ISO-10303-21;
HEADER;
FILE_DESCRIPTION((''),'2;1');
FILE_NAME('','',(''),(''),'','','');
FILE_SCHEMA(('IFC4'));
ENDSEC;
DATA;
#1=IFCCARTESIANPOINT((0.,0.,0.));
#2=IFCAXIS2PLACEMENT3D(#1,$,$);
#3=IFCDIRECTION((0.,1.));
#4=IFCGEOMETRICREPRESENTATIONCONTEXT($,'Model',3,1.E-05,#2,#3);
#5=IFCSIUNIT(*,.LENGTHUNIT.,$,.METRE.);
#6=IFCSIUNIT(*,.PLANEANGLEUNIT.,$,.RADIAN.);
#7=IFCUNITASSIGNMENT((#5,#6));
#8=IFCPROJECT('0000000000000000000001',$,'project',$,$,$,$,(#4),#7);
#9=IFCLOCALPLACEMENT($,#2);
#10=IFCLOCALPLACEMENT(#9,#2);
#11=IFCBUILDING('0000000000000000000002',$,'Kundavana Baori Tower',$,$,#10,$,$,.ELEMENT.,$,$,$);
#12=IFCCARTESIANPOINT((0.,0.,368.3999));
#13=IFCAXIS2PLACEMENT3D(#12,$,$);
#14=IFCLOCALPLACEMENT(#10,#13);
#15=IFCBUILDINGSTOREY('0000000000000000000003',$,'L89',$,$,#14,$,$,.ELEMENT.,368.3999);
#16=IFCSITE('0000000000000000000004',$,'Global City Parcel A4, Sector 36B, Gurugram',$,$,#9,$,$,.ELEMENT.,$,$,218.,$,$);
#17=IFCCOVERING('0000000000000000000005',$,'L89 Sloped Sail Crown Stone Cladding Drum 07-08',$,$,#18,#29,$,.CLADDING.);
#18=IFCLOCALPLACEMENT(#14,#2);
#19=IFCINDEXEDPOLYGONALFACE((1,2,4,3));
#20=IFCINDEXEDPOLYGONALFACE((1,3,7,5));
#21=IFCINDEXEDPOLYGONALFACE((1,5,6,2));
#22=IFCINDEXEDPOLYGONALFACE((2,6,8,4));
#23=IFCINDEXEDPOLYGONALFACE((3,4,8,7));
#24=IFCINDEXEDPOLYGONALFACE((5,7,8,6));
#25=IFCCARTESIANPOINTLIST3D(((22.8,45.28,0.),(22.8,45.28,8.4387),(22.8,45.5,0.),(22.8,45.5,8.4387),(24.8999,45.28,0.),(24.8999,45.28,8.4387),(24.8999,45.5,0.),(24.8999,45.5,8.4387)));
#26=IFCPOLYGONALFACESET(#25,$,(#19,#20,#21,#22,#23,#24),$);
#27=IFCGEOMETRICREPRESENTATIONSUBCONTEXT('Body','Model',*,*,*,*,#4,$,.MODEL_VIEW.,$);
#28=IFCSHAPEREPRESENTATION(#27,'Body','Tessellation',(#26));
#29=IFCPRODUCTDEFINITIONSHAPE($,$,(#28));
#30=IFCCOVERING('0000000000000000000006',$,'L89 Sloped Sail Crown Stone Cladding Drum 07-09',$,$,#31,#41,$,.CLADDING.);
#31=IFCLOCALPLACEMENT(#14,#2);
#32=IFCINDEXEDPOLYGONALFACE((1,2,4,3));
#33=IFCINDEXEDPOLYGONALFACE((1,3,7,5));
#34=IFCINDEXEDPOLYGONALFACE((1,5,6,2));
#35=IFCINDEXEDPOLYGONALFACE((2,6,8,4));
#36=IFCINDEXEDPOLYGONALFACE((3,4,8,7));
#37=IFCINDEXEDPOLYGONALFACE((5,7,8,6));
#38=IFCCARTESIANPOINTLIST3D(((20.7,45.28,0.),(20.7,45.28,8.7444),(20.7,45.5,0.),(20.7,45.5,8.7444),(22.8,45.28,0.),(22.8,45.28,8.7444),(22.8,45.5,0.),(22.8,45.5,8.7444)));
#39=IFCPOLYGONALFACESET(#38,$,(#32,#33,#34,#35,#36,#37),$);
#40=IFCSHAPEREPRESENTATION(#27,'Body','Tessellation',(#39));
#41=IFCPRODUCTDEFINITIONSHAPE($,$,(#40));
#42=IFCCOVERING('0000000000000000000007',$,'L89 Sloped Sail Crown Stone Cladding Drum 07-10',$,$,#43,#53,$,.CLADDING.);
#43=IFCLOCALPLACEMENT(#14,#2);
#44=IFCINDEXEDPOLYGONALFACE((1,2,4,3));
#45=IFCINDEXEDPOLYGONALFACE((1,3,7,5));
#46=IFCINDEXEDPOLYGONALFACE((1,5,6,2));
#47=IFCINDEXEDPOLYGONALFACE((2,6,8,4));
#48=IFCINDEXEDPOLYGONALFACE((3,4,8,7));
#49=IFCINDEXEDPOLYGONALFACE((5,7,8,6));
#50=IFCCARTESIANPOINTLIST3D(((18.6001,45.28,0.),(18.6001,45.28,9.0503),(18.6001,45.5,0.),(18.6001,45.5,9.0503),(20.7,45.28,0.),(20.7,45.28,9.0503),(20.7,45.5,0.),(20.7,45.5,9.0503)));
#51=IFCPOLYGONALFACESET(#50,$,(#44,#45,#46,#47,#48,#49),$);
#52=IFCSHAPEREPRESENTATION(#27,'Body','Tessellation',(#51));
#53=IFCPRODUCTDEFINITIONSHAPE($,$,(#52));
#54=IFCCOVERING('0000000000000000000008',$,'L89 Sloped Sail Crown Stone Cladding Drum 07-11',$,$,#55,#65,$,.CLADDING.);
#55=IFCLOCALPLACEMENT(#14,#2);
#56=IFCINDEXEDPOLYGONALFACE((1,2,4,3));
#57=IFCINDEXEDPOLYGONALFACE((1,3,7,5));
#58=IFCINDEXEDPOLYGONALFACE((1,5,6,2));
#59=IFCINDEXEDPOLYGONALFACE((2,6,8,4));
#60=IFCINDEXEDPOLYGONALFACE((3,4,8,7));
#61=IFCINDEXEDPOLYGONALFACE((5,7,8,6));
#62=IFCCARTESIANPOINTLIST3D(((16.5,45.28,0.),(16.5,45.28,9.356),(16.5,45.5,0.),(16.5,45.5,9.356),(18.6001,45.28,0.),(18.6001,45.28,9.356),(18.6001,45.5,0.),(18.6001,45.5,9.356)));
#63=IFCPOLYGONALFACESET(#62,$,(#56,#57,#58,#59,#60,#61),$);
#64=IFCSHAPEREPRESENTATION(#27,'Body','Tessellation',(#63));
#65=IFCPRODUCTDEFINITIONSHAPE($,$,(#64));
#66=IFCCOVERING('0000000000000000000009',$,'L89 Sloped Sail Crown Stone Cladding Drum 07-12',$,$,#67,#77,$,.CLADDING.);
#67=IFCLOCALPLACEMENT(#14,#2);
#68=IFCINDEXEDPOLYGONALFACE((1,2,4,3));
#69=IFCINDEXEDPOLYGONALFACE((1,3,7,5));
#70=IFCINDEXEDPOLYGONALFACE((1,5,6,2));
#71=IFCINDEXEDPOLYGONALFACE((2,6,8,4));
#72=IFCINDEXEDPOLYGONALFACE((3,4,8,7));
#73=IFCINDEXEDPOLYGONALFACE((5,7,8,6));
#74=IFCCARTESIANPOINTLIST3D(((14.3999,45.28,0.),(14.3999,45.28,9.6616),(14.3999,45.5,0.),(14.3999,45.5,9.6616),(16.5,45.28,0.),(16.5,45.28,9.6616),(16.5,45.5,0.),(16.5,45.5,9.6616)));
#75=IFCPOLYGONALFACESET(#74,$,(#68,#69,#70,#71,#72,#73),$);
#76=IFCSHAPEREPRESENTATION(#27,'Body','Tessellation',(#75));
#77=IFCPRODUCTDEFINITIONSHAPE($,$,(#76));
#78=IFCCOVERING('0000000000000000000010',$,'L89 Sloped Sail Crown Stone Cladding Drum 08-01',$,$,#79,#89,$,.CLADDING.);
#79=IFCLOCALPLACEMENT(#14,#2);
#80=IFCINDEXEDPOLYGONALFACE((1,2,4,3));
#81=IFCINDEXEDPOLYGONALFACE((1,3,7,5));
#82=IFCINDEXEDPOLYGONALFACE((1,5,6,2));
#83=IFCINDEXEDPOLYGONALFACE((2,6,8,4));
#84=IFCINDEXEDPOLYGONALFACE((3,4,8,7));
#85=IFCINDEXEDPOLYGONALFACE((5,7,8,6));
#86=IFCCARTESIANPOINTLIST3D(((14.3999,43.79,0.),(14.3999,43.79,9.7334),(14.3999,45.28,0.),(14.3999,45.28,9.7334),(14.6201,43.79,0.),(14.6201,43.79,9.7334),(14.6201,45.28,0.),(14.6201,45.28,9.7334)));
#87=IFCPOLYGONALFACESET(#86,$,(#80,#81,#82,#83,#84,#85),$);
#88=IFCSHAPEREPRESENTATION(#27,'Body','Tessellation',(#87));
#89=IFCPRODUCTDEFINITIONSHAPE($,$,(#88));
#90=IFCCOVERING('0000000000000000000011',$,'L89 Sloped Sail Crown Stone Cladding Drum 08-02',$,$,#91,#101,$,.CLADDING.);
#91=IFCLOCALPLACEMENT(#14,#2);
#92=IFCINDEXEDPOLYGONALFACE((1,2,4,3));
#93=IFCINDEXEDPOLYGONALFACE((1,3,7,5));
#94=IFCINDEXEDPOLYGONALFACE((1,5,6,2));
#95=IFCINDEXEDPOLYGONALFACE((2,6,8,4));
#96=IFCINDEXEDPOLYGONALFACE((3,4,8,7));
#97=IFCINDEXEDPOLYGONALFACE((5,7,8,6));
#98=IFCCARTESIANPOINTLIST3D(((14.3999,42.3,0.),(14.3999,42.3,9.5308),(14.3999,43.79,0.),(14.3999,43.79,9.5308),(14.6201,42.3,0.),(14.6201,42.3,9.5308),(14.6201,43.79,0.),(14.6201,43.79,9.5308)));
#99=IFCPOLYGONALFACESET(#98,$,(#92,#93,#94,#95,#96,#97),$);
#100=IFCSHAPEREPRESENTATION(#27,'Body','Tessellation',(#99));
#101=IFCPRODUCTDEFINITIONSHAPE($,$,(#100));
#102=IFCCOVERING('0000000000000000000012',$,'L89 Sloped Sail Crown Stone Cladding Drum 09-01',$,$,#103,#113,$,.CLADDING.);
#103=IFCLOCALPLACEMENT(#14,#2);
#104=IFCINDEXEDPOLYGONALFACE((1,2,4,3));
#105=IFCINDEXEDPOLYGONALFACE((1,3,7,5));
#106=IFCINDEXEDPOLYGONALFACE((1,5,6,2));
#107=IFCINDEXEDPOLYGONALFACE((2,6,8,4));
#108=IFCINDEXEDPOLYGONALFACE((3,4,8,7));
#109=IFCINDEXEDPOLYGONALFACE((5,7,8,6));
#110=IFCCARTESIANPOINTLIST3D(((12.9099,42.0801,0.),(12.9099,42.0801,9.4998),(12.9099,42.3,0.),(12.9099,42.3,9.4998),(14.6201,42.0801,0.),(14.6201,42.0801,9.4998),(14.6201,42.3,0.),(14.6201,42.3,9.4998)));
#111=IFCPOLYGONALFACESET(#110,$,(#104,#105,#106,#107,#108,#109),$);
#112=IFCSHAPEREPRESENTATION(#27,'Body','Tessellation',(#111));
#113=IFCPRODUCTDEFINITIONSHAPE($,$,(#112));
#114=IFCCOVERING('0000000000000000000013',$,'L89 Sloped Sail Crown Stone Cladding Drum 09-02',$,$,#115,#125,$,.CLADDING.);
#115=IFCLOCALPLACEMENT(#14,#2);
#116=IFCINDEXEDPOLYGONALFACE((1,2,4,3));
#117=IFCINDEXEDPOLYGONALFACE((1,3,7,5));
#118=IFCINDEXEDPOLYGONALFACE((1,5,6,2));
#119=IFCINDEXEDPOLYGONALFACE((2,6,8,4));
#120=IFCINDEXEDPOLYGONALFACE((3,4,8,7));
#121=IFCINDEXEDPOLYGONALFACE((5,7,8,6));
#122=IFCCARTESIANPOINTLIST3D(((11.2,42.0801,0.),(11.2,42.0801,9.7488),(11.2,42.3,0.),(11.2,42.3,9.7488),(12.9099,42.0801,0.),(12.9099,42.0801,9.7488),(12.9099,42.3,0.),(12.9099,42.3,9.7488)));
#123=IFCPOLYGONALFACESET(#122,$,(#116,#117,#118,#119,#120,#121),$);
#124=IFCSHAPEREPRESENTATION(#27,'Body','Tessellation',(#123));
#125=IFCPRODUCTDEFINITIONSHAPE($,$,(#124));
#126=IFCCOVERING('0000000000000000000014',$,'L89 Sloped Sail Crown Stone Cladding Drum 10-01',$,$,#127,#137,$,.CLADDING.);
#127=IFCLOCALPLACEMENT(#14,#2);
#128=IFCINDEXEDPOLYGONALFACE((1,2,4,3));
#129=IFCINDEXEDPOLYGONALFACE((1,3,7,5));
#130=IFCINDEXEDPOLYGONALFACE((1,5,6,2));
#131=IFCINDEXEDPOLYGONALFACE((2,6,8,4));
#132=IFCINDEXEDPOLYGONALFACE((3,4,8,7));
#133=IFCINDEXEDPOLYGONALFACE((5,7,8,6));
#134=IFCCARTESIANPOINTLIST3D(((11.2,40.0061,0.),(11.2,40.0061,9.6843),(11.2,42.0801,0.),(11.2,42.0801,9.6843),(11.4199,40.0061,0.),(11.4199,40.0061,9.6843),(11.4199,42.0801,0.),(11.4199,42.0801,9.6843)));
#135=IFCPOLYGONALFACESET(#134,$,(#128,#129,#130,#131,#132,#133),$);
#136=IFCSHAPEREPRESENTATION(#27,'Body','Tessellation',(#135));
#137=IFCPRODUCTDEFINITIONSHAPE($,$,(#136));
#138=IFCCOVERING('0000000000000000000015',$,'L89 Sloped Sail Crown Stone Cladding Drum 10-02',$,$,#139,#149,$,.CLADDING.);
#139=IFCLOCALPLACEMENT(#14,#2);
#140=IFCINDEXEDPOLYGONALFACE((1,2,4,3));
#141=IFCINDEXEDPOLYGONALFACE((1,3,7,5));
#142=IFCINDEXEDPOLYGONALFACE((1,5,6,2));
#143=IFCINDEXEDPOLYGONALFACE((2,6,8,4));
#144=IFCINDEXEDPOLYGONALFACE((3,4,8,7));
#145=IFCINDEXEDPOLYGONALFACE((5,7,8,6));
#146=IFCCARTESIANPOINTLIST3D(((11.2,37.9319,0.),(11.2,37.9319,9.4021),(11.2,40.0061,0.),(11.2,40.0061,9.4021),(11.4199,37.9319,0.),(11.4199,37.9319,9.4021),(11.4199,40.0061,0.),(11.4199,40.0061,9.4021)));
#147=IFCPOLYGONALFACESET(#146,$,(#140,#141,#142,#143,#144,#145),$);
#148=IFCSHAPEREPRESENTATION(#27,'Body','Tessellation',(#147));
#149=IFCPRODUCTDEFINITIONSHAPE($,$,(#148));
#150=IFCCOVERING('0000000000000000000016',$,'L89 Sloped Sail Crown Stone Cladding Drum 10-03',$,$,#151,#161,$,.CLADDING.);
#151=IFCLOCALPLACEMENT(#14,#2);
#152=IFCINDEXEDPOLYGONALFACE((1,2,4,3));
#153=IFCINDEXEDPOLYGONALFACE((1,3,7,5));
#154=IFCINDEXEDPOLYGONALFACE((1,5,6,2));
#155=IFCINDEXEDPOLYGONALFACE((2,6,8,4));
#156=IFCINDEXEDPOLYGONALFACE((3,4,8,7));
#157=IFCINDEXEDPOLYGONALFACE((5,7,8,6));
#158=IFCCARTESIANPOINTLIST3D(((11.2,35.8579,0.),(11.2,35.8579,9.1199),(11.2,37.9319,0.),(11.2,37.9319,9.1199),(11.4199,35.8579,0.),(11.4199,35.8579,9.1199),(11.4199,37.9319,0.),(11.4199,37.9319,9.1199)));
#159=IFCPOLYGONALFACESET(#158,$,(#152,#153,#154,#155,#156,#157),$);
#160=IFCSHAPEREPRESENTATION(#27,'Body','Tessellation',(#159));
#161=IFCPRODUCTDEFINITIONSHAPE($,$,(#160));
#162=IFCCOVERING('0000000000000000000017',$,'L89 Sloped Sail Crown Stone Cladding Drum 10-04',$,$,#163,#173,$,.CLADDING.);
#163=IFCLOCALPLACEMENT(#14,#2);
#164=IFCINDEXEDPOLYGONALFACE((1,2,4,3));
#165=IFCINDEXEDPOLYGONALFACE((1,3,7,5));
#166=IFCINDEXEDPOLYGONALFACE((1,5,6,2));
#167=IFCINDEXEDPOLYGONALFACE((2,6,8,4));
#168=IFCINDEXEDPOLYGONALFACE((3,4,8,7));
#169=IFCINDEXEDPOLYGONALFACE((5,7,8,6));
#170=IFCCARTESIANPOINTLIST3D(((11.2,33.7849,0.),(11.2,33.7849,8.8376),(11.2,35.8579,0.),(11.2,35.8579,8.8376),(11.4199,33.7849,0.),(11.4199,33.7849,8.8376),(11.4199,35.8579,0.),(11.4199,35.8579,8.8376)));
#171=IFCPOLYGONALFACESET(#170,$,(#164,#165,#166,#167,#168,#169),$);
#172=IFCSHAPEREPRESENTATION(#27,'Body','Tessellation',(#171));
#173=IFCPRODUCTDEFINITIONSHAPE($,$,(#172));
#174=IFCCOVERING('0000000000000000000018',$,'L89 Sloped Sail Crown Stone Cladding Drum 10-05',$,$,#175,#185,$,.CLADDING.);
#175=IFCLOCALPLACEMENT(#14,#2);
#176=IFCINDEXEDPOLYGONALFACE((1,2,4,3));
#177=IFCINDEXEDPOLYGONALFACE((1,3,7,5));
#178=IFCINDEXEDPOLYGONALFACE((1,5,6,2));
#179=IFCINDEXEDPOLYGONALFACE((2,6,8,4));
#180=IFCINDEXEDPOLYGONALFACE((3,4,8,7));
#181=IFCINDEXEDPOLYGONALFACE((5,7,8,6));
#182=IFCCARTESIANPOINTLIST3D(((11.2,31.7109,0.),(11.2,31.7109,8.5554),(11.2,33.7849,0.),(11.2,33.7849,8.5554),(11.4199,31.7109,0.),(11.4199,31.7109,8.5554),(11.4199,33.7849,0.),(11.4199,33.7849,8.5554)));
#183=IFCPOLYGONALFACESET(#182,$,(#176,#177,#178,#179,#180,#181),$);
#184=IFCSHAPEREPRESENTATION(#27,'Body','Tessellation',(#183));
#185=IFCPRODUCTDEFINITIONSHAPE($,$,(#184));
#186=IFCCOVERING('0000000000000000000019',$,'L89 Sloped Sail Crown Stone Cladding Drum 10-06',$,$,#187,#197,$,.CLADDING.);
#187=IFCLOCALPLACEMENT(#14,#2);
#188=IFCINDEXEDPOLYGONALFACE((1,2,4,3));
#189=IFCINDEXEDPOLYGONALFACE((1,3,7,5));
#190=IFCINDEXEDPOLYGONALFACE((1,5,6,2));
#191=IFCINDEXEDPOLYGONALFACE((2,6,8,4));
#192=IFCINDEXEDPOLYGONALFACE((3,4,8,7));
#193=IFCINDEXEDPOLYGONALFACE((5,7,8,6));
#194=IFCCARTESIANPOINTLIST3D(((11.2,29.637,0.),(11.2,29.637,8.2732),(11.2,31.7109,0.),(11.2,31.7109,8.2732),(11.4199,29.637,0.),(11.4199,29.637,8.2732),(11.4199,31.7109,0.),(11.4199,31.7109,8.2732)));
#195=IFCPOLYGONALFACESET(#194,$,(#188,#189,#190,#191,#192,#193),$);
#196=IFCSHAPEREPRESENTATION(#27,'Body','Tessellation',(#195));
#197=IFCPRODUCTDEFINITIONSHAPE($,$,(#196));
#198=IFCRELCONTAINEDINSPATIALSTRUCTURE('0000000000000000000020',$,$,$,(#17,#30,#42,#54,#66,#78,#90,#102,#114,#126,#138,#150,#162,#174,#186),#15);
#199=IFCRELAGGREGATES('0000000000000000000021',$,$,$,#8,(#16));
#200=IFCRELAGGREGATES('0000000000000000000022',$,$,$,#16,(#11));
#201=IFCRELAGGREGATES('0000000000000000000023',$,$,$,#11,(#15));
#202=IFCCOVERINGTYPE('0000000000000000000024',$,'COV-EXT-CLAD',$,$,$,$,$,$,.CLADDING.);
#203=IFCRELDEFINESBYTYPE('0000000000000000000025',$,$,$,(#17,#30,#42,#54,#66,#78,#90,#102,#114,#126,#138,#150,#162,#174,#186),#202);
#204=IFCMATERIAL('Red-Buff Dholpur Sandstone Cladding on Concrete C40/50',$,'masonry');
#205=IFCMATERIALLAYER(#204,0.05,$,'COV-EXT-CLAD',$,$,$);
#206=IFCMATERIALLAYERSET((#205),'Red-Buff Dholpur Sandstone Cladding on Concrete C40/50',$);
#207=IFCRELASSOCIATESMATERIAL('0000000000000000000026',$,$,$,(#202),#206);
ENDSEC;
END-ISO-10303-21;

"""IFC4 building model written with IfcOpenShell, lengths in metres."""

from ifc_helpers import new_model, si_unit, direction, frame, origin, place, context, subcontext, project, spatial, polyline, outline, extrude, material, layer, layer_set, type_object, element, save


model = new_model("IFC4")

# Units and contexts
model_context = context("Model", 3, precision=1e-05, world=origin(), true_north=direction((0.0, 1.0)))
body_context = subcontext(model_context, "Body", "Model", "MODEL_VIEW")
ifc_project = project(units=[si_unit("LENGTHUNIT", "METRE"), si_unit("PLANEANGLEUNIT", "RADIAN")], contexts=[model_context])

# Site, building, storey
site_placement = place(None, origin())
site = spatial("IfcSite", under=ifc_project, at=site_placement, Name="Global City Parcel A4, Sector 36B, Gurugram", CompositionType="ELEMENT", RefElevation=218.0)
building_placement = place(site_placement, origin())
building = spatial("IfcBuilding", under=site, at=building_placement, Name="Kundavana Baori Tower", CompositionType="ELEMENT")
storey_placement = place(building_placement, frame((0.0, 0.0, 368.3999)))
storey = spatial("IfcBuildingStorey", under=building, at=storey_placement, Name="L89", CompositionType="ELEMENT", Elevation=368.3999)

# Coverings
ifc_material = material(Name="Red-Buff Dholpur Sandstone Cladding on Concrete C40/50", Category="masonry")
ifc_layer = layer(ifc_material, 0.05, Name="COV-EXT-CLAD")
ifc_layer_set = layer_set([ifc_layer], Name="Red-Buff Dholpur Sandstone Cladding on Concrete C40/50")
covering_type = type_object("IfcCoveringType", Name="COV-EXT-CLAD", PredefinedType="CLADDING", material=ifc_layer_set)
covering_1_placement = place(storey_placement, origin())
element("IfcCovering", 1, at=covering_1_placement, inside=storey, type_object=covering_type, Name="L89 Sloped Sail Crown Stone Cladding Drum 07-08", PredefinedType="CLADDING", context=body_context, shape_type="SweptSolid", body=[
    extrude(outline(polyline([(22.8, 45.28), (24.8999, 45.28), (24.8999, 45.5), (22.8, 45.5), (22.8, 45.28)])), origin(), (0.0, 0.0, 1.0), 8.4387),
])
covering_2_placement = place(storey_placement, origin())
element("IfcCovering", 2, at=covering_2_placement, inside=storey, type_object=covering_type, Name="L89 Sloped Sail Crown Stone Cladding Drum 07-09", PredefinedType="CLADDING", context=body_context, shape_type="SweptSolid", body=[
    extrude(outline(polyline([(20.7, 45.28), (22.8, 45.28), (22.8, 45.5), (20.7, 45.5), (20.7, 45.28)])), origin(), (0.0, 0.0, 1.0), 8.7444),
])
covering_3_placement = place(storey_placement, origin())
element("IfcCovering", 3, at=covering_3_placement, inside=storey, type_object=covering_type, Name="L89 Sloped Sail Crown Stone Cladding Drum 07-10", PredefinedType="CLADDING", context=body_context, shape_type="SweptSolid", body=[
    extrude(outline(polyline([(18.6001, 45.28), (20.7, 45.28), (20.7, 45.5), (18.6001, 45.5), (18.6001, 45.28)])), origin(), (0.0, 0.0, 1.0), 9.0503),
])
covering_4_placement = place(storey_placement, origin())
element("IfcCovering", 4, at=covering_4_placement, inside=storey, type_object=covering_type, Name="L89 Sloped Sail Crown Stone Cladding Drum 07-11", PredefinedType="CLADDING", context=body_context, shape_type="SweptSolid", body=[
    extrude(outline(polyline([(16.5, 45.28), (18.6001, 45.28), (18.6001, 45.5), (16.5, 45.5), (16.5, 45.28)])), origin(), (0.0, 0.0, 1.0), 9.356),
])
covering_5_placement = place(storey_placement, origin())
element("IfcCovering", 5, at=covering_5_placement, inside=storey, type_object=covering_type, Name="L89 Sloped Sail Crown Stone Cladding Drum 07-12", PredefinedType="CLADDING", context=body_context, shape_type="SweptSolid", body=[
    extrude(outline(polyline([(14.3999, 45.28), (16.5, 45.28), (16.5, 45.5), (14.3999, 45.5), (14.3999, 45.28)])), origin(), (0.0, 0.0, 1.0), 9.6616),
])
covering_6_placement = place(storey_placement, origin())
element("IfcCovering", 6, at=covering_6_placement, inside=storey, type_object=covering_type, Name="L89 Sloped Sail Crown Stone Cladding Drum 08-01", PredefinedType="CLADDING", context=body_context, shape_type="SweptSolid", body=[
    extrude(outline(polyline([(14.3999, 43.79), (14.6201, 43.79), (14.6201, 45.28), (14.3999, 45.28), (14.3999, 43.79)])), origin(), (0.0, 0.0, 1.0), 9.7334),
])
covering_7_placement = place(storey_placement, origin())
element("IfcCovering", 7, at=covering_7_placement, inside=storey, type_object=covering_type, Name="L89 Sloped Sail Crown Stone Cladding Drum 08-02", PredefinedType="CLADDING", context=body_context, shape_type="SweptSolid", body=[
    extrude(outline(polyline([(14.3999, 42.3), (14.6201, 42.3), (14.6201, 43.79), (14.3999, 43.79), (14.3999, 42.3)])), origin(), (0.0, 0.0, 1.0), 9.5308),
])
covering_8_placement = place(storey_placement, origin())
element("IfcCovering", 8, at=covering_8_placement, inside=storey, type_object=covering_type, Name="L89 Sloped Sail Crown Stone Cladding Drum 09-01", PredefinedType="CLADDING", context=body_context, shape_type="SweptSolid", body=[
    extrude(outline(polyline([(12.9099, 42.0801), (14.6201, 42.0801), (14.6201, 42.3), (12.9099, 42.3), (12.9099, 42.0801)])), origin(), (0.0, 0.0, 1.0), 9.4998),
])
covering_9_placement = place(storey_placement, origin())
element("IfcCovering", 9, at=covering_9_placement, inside=storey, type_object=covering_type, Name="L89 Sloped Sail Crown Stone Cladding Drum 09-02", PredefinedType="CLADDING", context=body_context, shape_type="SweptSolid", body=[
    extrude(outline(polyline([(11.2, 42.0801), (12.9099, 42.0801), (12.9099, 42.3), (11.2, 42.3), (11.2, 42.0801)])), origin(), (0.0, 0.0, 1.0), 9.7488),
])
covering_10_placement = place(storey_placement, origin())
element("IfcCovering", 10, at=covering_10_placement, inside=storey, type_object=covering_type, Name="L89 Sloped Sail Crown Stone Cladding Drum 10-01", PredefinedType="CLADDING", context=body_context, shape_type="SweptSolid", body=[
    extrude(outline(polyline([(11.2, 40.0061), (11.4199, 40.0061), (11.4199, 42.0801), (11.2, 42.0801), (11.2, 40.0061)])), origin(), (0.0, 0.0, 1.0), 9.6843),
])
covering_11_placement = place(storey_placement, origin())
element("IfcCovering", 11, at=covering_11_placement, inside=storey, type_object=covering_type, Name="L89 Sloped Sail Crown Stone Cladding Drum 10-02", PredefinedType="CLADDING", context=body_context, shape_type="SweptSolid", body=[
    extrude(outline(polyline([(11.2, 37.9319), (11.4199, 37.9319), (11.4199, 40.0061), (11.2, 40.0061), (11.2, 37.9319)])), origin(), (0.0, 0.0, 1.0), 9.4021),
])
covering_12_placement = place(storey_placement, origin())
element("IfcCovering", 12, at=covering_12_placement, inside=storey, type_object=covering_type, Name="L89 Sloped Sail Crown Stone Cladding Drum 10-03", PredefinedType="CLADDING", context=body_context, shape_type="SweptSolid", body=[
    extrude(outline(polyline([(11.2, 35.8579), (11.4199, 35.8579), (11.4199, 37.9319), (11.2, 37.9319), (11.2, 35.8579)])), origin(), (0.0, 0.0, 1.0), 9.1199),
])
covering_13_placement = place(storey_placement, origin())
element("IfcCovering", 13, at=covering_13_placement, inside=storey, type_object=covering_type, Name="L89 Sloped Sail Crown Stone Cladding Drum 10-04", PredefinedType="CLADDING", context=body_context, shape_type="SweptSolid", body=[
    extrude(outline(polyline([(11.2, 33.7849), (11.4199, 33.7849), (11.4199, 35.8579), (11.2, 35.8579), (11.2, 33.7849)])), origin(), (0.0, 0.0, 1.0), 8.8376),
])
covering_14_placement = place(storey_placement, origin())
element("IfcCovering", 14, at=covering_14_placement, inside=storey, type_object=covering_type, Name="L89 Sloped Sail Crown Stone Cladding Drum 10-05", PredefinedType="CLADDING", context=body_context, shape_type="SweptSolid", body=[
    extrude(outline(polyline([(11.2, 31.7109), (11.4199, 31.7109), (11.4199, 33.7849), (11.2, 33.7849), (11.2, 31.7109)])), origin(), (0.0, 0.0, 1.0), 8.5554),
])
covering_15_placement = place(storey_placement, origin())
element("IfcCovering", 15, at=covering_15_placement, inside=storey, type_object=covering_type, Name="L89 Sloped Sail Crown Stone Cladding Drum 10-06", PredefinedType="CLADDING", context=body_context, shape_type="SweptSolid", body=[
    extrude(outline(polyline([(11.2, 29.637), (11.4199, 29.637), (11.4199, 31.7109), (11.2, 31.7109), (11.2, 29.637)])), origin(), (0.0, 0.0, 1.0), 8.2732),
])

save(model, "model.ifc")
